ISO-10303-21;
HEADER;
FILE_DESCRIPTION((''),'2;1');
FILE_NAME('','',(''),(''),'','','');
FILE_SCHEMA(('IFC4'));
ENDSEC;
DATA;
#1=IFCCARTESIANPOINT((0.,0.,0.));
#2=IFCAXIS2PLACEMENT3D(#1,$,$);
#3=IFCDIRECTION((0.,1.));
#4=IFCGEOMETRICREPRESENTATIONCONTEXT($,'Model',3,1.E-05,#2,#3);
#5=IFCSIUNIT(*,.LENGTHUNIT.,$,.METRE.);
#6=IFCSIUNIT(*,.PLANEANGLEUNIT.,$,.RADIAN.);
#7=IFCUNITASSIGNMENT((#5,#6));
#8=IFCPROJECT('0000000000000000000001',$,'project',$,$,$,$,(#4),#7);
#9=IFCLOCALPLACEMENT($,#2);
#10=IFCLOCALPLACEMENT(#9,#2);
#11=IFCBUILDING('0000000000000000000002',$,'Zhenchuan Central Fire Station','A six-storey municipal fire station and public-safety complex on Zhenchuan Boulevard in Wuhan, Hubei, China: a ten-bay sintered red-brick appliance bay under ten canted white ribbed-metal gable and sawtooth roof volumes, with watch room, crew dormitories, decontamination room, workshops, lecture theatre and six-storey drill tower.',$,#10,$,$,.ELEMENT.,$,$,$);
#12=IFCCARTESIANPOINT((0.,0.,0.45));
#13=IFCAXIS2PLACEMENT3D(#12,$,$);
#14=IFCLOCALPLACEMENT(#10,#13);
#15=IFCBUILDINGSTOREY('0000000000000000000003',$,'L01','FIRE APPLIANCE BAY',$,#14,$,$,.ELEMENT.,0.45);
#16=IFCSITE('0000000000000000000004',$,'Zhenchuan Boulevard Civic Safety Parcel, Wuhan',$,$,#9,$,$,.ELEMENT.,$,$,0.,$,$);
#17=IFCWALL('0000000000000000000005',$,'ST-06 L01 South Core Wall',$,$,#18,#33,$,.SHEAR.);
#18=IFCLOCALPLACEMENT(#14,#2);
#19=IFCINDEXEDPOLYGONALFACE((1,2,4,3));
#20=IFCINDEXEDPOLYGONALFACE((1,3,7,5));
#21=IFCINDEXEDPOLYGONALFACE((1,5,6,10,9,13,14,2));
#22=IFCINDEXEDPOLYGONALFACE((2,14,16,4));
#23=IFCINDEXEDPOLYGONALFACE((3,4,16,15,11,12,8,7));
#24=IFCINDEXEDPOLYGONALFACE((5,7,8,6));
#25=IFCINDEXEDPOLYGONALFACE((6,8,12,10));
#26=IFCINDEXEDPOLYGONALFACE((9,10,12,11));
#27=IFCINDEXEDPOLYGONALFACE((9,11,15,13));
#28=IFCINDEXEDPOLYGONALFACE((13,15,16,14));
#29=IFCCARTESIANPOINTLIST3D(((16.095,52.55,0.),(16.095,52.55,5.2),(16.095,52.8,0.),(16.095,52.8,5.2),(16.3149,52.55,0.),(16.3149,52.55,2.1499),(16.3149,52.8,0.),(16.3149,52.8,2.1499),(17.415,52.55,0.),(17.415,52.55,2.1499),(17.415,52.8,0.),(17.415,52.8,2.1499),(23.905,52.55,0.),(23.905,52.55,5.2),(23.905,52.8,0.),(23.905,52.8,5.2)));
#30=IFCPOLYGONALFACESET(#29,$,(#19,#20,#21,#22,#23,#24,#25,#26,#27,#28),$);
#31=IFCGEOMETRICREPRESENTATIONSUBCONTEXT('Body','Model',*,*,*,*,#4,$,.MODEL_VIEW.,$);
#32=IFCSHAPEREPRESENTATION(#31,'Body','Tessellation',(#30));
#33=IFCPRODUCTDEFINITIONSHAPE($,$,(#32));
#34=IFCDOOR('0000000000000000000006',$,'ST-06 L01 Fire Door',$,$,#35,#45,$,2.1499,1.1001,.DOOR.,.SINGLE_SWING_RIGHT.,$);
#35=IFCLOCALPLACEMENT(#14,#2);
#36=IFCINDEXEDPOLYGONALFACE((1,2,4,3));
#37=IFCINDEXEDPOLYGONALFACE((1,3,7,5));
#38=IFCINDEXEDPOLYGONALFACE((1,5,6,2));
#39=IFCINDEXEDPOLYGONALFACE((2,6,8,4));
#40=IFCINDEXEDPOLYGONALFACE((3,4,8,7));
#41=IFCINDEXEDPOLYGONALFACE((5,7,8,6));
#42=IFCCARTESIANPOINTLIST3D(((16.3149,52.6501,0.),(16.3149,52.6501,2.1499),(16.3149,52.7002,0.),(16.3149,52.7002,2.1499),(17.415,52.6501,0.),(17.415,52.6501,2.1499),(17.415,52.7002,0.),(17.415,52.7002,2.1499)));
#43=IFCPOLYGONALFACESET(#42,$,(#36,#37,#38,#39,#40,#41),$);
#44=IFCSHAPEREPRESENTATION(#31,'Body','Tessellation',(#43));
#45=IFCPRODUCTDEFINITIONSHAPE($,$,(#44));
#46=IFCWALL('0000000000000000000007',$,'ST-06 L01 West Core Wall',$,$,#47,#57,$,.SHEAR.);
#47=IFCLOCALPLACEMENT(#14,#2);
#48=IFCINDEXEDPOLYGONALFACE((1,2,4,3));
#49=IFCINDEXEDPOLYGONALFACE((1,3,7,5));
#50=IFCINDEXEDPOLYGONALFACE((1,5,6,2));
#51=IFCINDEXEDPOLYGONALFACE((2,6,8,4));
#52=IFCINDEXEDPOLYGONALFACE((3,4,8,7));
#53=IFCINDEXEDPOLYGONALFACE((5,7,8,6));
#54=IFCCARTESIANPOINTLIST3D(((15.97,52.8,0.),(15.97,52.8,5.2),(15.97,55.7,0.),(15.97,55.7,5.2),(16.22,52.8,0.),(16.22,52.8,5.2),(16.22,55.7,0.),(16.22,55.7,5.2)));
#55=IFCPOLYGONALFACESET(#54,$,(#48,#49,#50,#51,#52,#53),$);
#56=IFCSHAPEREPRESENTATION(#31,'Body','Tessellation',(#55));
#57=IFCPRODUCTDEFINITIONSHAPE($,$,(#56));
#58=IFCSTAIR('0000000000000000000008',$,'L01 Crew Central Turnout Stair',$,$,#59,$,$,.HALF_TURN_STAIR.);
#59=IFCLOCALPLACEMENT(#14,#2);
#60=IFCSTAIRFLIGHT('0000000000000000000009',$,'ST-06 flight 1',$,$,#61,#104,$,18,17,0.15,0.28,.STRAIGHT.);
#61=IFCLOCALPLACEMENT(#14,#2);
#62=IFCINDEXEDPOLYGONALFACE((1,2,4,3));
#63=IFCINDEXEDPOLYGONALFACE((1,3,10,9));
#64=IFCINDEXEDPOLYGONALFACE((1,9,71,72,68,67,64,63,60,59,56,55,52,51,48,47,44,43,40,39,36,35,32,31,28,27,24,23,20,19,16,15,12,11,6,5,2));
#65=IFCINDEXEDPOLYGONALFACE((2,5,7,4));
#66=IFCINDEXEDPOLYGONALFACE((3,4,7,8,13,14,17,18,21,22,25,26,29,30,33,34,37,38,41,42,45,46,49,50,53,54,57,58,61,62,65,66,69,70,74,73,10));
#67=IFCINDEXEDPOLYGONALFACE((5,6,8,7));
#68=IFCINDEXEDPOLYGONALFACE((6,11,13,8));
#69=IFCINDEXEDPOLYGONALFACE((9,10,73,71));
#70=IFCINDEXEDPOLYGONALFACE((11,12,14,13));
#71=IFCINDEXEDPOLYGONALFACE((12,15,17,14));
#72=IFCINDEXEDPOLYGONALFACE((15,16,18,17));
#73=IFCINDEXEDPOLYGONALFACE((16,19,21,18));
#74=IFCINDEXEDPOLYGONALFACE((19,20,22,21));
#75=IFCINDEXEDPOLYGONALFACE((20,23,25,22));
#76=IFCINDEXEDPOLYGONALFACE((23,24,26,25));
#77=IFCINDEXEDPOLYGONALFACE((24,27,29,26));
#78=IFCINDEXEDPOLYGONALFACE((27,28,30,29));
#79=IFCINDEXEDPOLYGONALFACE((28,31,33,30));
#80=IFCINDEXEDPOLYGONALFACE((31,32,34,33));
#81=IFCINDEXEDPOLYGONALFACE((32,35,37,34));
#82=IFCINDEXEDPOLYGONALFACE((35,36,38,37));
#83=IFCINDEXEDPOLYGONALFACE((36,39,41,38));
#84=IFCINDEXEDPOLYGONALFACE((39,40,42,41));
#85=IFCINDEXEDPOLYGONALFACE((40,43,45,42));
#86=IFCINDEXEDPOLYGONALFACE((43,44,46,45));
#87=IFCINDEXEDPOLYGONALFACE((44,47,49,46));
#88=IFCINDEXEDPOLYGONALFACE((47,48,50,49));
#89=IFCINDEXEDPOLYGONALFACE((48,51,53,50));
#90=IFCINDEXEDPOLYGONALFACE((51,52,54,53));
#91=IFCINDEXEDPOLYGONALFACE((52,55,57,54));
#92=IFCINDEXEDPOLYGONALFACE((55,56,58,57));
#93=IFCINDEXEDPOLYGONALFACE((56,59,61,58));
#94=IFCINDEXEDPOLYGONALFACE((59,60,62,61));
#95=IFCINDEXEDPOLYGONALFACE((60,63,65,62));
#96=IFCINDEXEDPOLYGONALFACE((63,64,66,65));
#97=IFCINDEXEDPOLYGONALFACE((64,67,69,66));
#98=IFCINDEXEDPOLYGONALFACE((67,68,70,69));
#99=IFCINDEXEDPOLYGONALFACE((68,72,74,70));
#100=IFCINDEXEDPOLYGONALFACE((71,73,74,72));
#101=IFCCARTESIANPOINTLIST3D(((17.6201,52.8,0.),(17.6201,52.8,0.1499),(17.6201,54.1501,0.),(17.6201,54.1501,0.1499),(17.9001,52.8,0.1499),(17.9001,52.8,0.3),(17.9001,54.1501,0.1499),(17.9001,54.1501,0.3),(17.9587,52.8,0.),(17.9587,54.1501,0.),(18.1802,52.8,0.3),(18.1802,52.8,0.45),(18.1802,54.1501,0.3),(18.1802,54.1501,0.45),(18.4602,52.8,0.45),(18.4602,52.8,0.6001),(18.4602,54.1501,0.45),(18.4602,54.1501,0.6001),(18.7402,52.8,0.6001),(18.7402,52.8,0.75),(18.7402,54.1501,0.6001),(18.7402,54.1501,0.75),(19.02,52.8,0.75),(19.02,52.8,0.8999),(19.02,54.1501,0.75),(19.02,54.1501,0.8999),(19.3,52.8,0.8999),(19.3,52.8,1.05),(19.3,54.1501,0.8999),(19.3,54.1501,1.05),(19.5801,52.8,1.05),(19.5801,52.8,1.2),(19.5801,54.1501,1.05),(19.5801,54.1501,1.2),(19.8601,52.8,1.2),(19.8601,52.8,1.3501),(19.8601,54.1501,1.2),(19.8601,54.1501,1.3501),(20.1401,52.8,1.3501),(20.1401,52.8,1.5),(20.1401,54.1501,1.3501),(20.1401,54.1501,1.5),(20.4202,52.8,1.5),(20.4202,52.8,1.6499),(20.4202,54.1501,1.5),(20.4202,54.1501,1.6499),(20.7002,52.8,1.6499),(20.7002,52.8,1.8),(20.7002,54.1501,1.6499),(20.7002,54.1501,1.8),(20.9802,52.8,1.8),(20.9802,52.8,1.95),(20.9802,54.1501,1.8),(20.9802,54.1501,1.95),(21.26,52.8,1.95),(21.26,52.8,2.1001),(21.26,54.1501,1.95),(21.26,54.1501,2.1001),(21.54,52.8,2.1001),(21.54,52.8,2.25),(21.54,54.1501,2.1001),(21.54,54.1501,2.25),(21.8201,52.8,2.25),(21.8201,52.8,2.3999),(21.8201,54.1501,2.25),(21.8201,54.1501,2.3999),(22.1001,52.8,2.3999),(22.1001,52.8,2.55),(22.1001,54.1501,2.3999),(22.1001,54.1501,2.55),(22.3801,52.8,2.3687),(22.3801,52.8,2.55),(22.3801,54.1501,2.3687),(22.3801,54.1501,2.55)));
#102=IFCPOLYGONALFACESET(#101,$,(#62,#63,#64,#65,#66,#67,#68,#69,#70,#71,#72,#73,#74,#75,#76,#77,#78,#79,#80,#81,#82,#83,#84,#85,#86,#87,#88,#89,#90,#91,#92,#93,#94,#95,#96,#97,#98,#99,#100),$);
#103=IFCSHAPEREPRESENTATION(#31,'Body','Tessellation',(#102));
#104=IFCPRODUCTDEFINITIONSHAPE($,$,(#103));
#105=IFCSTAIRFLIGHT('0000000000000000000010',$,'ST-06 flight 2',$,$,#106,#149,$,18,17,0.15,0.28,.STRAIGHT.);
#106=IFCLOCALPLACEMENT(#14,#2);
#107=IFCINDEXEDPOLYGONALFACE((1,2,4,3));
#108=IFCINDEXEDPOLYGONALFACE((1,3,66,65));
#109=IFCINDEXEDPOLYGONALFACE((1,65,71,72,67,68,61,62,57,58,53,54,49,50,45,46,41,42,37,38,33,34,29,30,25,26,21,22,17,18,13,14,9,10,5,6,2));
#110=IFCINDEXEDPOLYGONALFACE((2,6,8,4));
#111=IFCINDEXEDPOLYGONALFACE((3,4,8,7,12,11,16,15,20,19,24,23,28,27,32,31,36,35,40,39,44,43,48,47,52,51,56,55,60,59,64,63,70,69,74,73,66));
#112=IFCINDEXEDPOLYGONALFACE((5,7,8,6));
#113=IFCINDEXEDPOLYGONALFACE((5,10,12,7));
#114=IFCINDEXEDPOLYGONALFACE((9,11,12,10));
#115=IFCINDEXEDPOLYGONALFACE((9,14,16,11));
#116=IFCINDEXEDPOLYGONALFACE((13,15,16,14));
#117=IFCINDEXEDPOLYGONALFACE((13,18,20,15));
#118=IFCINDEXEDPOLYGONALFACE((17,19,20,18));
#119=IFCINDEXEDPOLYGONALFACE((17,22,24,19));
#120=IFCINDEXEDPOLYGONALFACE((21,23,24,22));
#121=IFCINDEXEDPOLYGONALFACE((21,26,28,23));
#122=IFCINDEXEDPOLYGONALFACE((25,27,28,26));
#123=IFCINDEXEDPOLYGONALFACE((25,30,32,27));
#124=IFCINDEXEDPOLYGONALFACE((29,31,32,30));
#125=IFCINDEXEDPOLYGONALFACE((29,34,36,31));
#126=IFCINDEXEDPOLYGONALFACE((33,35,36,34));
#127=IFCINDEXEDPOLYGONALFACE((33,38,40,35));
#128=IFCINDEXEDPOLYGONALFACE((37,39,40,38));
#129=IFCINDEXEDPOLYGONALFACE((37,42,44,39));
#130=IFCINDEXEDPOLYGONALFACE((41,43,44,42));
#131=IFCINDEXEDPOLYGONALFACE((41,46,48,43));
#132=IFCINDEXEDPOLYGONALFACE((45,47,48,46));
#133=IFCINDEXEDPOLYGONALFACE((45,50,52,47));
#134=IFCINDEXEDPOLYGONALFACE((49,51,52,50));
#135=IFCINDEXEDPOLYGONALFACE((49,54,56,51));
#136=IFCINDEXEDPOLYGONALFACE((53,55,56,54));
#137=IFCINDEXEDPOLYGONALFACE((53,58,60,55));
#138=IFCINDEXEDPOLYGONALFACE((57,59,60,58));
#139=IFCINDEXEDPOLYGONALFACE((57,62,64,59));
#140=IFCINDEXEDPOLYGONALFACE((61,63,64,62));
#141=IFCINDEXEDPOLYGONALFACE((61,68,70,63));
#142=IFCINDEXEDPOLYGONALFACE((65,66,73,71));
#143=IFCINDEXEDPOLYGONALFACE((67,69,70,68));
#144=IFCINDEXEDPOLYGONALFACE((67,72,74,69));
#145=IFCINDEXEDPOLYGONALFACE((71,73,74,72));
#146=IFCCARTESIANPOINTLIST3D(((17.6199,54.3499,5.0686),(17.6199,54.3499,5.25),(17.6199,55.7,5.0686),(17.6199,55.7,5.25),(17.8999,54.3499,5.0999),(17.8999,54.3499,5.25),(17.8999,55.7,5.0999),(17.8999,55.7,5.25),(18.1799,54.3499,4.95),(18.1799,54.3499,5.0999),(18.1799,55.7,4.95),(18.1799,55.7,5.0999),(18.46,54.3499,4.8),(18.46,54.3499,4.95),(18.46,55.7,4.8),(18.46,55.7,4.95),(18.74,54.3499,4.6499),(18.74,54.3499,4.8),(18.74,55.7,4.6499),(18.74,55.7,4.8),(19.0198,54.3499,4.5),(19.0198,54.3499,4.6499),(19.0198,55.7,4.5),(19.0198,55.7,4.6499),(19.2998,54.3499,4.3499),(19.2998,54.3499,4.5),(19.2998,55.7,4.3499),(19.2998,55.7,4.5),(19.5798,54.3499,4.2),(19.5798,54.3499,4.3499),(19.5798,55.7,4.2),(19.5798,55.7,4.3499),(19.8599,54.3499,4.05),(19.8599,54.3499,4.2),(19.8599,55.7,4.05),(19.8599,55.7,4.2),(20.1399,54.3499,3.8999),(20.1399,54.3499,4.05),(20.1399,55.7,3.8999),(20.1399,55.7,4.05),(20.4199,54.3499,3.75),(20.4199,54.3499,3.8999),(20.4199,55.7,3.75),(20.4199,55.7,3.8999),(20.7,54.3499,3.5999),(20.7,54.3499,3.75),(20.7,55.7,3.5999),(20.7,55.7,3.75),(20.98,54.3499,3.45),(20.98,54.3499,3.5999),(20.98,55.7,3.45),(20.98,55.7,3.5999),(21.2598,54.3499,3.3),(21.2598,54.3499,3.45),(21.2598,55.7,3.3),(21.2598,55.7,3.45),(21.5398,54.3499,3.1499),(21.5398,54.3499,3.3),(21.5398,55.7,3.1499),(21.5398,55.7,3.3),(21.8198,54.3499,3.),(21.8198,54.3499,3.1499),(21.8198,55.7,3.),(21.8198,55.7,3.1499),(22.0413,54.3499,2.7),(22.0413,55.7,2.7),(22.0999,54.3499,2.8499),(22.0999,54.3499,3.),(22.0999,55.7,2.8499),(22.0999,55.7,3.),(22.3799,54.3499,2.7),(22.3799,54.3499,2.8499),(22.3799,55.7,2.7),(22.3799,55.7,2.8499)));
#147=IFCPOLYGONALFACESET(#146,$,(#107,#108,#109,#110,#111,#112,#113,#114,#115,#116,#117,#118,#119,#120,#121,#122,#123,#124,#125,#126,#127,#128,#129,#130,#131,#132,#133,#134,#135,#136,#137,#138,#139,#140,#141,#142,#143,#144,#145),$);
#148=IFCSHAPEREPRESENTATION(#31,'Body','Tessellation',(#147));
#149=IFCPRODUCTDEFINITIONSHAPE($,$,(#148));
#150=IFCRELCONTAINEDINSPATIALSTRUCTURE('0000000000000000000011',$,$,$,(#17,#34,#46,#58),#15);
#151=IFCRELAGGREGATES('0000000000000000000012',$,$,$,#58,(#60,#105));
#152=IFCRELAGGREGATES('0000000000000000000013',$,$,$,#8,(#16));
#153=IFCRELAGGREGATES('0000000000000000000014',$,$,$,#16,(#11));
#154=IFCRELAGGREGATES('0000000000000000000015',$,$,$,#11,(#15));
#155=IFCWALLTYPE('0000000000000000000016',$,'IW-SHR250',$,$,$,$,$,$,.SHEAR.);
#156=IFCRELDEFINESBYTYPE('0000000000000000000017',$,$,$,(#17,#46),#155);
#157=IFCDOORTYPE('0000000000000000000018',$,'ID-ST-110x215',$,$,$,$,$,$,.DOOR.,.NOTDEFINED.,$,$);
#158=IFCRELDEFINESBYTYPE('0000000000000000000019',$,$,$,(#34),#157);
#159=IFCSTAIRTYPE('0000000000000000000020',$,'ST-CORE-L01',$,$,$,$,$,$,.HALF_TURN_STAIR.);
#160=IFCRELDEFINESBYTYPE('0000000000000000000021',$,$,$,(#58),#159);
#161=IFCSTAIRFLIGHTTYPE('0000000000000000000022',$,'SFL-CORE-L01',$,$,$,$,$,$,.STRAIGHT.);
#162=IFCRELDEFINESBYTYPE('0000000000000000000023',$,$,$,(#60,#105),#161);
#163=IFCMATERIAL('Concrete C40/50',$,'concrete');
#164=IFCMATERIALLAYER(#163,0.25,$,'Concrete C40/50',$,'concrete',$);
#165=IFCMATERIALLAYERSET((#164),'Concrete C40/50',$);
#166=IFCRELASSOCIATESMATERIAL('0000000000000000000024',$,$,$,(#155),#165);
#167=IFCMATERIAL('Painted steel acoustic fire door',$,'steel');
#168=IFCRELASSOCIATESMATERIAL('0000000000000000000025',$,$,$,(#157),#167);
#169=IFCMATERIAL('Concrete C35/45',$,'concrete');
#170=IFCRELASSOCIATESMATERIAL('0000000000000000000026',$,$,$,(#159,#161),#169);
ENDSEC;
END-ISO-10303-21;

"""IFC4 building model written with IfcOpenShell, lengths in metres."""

from ifc_helpers import new_model, si_unit, direction, frame, frame_2d, origin, place, context, subcontext, project, spatial, polyline, rectangle, outline, extrude, material, layer, layer_set, type_object, element, fill, aggregate, save


model = new_model("IFC4")

# Units and contexts
model_context = context("Model", 3, precision=1e-05, world=origin(), true_north=direction((0.0, 1.0)))
body_context = subcontext(model_context, "Body", "Model", "MODEL_VIEW")
ifc_project = project(units=[si_unit("LENGTHUNIT", "METRE"), si_unit("PLANEANGLEUNIT", "RADIAN")], contexts=[model_context])

# Site, building, storey
site_placement = place(None, origin())
site = spatial("IfcSite", under=ifc_project, at=site_placement, Name="Zhenchuan Boulevard Civic Safety Parcel, Wuhan", CompositionType="ELEMENT", RefElevation=0.0)
building_placement = place(site_placement, origin())
building = spatial("IfcBuilding", under=site, at=building_placement, Name="Zhenchuan Central Fire Station", Description="A six-storey municipal fire station and public-safety complex on Zhenchuan Boulevard in Wuhan, Hubei, China: a ten-bay sintered red-brick appliance bay under ten canted white ribbed-metal gable and sawtooth roof volumes, with watch room, crew dormitories, decontamination room, workshops, lecture theatre and six-storey drill tower.", CompositionType="ELEMENT")
storey_placement = place(building_placement, frame((0.0, 0.0, 0.45)))
storey = spatial("IfcBuildingStorey", under=building, at=storey_placement, Name="L01", Description="FIRE APPLIANCE BAY", CompositionType="ELEMENT", Elevation=0.45)

# Shared definitions
ifc_material_1 = material(Name="Concrete C40/50", Category="concrete")

# Shared definitions
ifc_material_2 = material(Name="Concrete C35/45", Category="concrete")

# Wall, opening, door
ifc_layer_1 = layer(ifc_material_1, 0.25, Name="Concrete C40/50", Category="concrete")
ifc_layer_set_1 = layer_set([ifc_layer_1], Name="Concrete C40/50")
wall_type_1 = type_object("IfcWallType", Name="IW-SHR250", PredefinedType="SHEAR", material=ifc_layer_set_1)
wall_1_placement = place(storey_placement, frame((16.095, 52.675, 0.0), z_axis=(0.0, 0.0, 1.0), x_axis=(1.0, 0.0, 0.0)))
wall_1 = element("IfcWall", 1, at=wall_1_placement, inside=storey, type_object=wall_type_1, Name="ST-06 L01 South Core Wall", PredefinedType="SHEAR", context=body_context, shape_type="SweptSolid", body=[
    extrude(rectangle(XDim=7.8101, YDim=0.25, at=frame_2d((3.905, 0.0))), origin(), (0.0, 0.0, 1.0), 5.2),
])
opening_placement = place(wall_1_placement, frame((0.22, 0.0, 0.0)))
opening = element("IfcOpeningElement", 2, at=opening_placement, cuts=wall_1, PredefinedType="OPENING", context=body_context, shape_type="SweptSolid", body=[
    extrude(rectangle(XDim=1.1001, YDim=2.1499, at=frame_2d((0.55, 1.075))), frame((0.0, 0.135, 0.0), z_axis=(0.0, -1.0, 0.0), x_axis=(1.0, 0.0, 0.0)), (0.0, 0.0, 1.0), 0.27),
])
ifc_material_3 = material(Name="Painted steel acoustic fire door", Category="steel")
door_type = type_object("IfcDoorType", Name="ID-ST-110x215", OperationType="NOTDEFINED", PredefinedType="DOOR", material=ifc_material_3)
door_placement = place(opening_placement, frame((1.1001, 0.0, 0.0), z_axis=(0.0, 0.0, 1.0), x_axis=(-1.0, 0.0, 0.0)))
door = element("IfcDoor", 3, at=door_placement, inside=storey, type_object=door_type, Name="ST-06 L01 Fire Door", OperationType="SINGLE_SWING_RIGHT", OverallHeight=2.1499, OverallWidth=1.1001, PredefinedType="DOOR", context=body_context, shape_type="SweptSolid", body=[
    extrude(rectangle(XDim=1.1001, YDim=2.1499, at=frame_2d((0.55, 1.075))), frame((0.0, 0.0249, 0.0), z_axis=(0.0, -1.0, 0.0), x_axis=(1.0, 0.0, 0.0)), (0.0, 0.0, 1.0), 0.05),
])
fill(opening, door)

# Wall
wall_2_placement = place(storey_placement, frame((16.095, 52.8, 0.0), z_axis=(0.0, 0.0, 1.0), x_axis=(0.0, 1.0, 0.0)))
element("IfcWall", 4, at=wall_2_placement, inside=storey, type_object=wall_type_1, Name="ST-06 L01 West Core Wall", PredefinedType="SHEAR", context=body_context, shape_type="SweptSolid", body=[
    extrude(rectangle(XDim=2.8999, YDim=0.25, at=frame_2d((1.45, 0.0))), origin(), (0.0, 0.0, 1.0), 5.2),
])

# Stair, stair flights
stair_type = type_object("IfcStairType", Name="ST-CORE-L01", PredefinedType="HALF_TURN_STAIR", material=ifc_material_2)
stair_placement = place(storey_placement, origin())
stair = element("IfcStair", 5, at=stair_placement, inside=storey, type_object=stair_type, Name="L01 Crew Central Turnout Stair", PredefinedType="HALF_TURN_STAIR")
stair_flight_type = type_object("IfcStairFlightType", Name="SFL-CORE-L01", PredefinedType="STRAIGHT", material=ifc_material_2)
stair_flight_1_placement = place(storey_placement, frame((17.6201, 53.4751, 0.0), z_axis=(0.0, 0.0, 1.0), x_axis=(1.0, 0.0, 0.0)))
stair_flight_1 = element("IfcStairFlight", 6, at=stair_flight_1_placement, type_object=stair_flight_type, Name="ST-06 flight 1", NumberOfRisers=18, NumberOfTreads=17, PredefinedType="STRAIGHT", RiserHeight=0.15, TreadLength=0.28, context=body_context, shape_type="SweptSolid", body=[
    extrude(outline(polyline([(0.0, 0.0), (0.0, 0.1499), (0.28, 0.1499), (0.28, 0.3), (0.5601, 0.3), (0.5601, 0.45), (0.8401, 0.45), (0.8401, 0.6001), (1.1201, 0.6001), (1.1201, 0.75), (1.3999, 0.75), (1.3999, 0.8999), (1.6799, 0.8999), (1.6799, 1.05), (1.96, 1.05), (1.96, 1.2), (2.24, 1.2), (2.24, 1.3501), (2.52, 1.3501), (2.52, 1.5), (2.8, 1.5), (2.8, 1.6499), (3.0801, 1.6499), (3.0801, 1.8), (3.3601, 1.8), (3.3601, 1.95), (3.6399, 1.95), (3.6399, 2.1001), (3.9199, 2.1001), (3.9199, 2.25), (4.2, 2.25), (4.2, 2.3999), (4.48, 2.3999), (4.48, 2.55), (4.76, 2.55), (4.76, 2.7), (4.76, 2.3687), (0.3386, 0.0), (0.0, 0.0)])), frame((0.0, 0.675, 0.0), z_axis=(0.0, -1.0, 0.0), x_axis=(1.0, 0.0, 0.0)), (0.0, 0.0, 1.0), 1.3501),
])
stair_flight_2_placement = place(storey_placement, frame((22.3799, 55.0249, 2.7), z_axis=(0.0, 0.0, 1.0), x_axis=(-1.0, 0.0, 0.0)))
stair_flight_2 = element("IfcStairFlight", 7, at=stair_flight_2_placement, type_object=stair_flight_type, Name="ST-06 flight 2", NumberOfRisers=18, NumberOfTreads=17, PredefinedType="STRAIGHT", RiserHeight=0.15, TreadLength=0.28, context=body_context, shape_type="SweptSolid", body=[
    extrude(outline(polyline([(0.0, 0.0), (0.0, 0.1499), (0.28, 0.1499), (0.28, 0.3), (0.5601, 0.3), (0.5601, 0.45), (0.8401, 0.45), (0.8401, 0.6001), (1.1201, 0.6001), (1.1201, 0.75), (1.3999, 0.75), (1.3999, 0.8999), (1.6799, 0.8999), (1.6799, 1.05), (1.96, 1.05), (1.96, 1.2), (2.24, 1.2), (2.24, 1.3501), (2.52, 1.3501), (2.52, 1.5), (2.8, 1.5), (2.8, 1.6499), (3.0801, 1.6499), (3.0801, 1.8), (3.3601, 1.8), (3.3601, 1.95), (3.6399, 1.95), (3.6399, 2.1001), (3.9199, 2.1001), (3.9199, 2.25), (4.2, 2.25), (4.2, 2.3999), (4.48, 2.3999), (4.48, 2.55), (4.76, 2.55), (4.76, 2.7), (4.76, 2.3687), (0.3386, 0.0), (0.0, 0.0)])), frame((0.0, 0.675, 0.0), z_axis=(0.0, -1.0, 0.0), x_axis=(1.0, 0.0, 0.0)), (0.0, 0.0, 1.0), 1.3501),
])
aggregate(stair, [stair_flight_1, stair_flight_2])

save(model, "model.ifc")
